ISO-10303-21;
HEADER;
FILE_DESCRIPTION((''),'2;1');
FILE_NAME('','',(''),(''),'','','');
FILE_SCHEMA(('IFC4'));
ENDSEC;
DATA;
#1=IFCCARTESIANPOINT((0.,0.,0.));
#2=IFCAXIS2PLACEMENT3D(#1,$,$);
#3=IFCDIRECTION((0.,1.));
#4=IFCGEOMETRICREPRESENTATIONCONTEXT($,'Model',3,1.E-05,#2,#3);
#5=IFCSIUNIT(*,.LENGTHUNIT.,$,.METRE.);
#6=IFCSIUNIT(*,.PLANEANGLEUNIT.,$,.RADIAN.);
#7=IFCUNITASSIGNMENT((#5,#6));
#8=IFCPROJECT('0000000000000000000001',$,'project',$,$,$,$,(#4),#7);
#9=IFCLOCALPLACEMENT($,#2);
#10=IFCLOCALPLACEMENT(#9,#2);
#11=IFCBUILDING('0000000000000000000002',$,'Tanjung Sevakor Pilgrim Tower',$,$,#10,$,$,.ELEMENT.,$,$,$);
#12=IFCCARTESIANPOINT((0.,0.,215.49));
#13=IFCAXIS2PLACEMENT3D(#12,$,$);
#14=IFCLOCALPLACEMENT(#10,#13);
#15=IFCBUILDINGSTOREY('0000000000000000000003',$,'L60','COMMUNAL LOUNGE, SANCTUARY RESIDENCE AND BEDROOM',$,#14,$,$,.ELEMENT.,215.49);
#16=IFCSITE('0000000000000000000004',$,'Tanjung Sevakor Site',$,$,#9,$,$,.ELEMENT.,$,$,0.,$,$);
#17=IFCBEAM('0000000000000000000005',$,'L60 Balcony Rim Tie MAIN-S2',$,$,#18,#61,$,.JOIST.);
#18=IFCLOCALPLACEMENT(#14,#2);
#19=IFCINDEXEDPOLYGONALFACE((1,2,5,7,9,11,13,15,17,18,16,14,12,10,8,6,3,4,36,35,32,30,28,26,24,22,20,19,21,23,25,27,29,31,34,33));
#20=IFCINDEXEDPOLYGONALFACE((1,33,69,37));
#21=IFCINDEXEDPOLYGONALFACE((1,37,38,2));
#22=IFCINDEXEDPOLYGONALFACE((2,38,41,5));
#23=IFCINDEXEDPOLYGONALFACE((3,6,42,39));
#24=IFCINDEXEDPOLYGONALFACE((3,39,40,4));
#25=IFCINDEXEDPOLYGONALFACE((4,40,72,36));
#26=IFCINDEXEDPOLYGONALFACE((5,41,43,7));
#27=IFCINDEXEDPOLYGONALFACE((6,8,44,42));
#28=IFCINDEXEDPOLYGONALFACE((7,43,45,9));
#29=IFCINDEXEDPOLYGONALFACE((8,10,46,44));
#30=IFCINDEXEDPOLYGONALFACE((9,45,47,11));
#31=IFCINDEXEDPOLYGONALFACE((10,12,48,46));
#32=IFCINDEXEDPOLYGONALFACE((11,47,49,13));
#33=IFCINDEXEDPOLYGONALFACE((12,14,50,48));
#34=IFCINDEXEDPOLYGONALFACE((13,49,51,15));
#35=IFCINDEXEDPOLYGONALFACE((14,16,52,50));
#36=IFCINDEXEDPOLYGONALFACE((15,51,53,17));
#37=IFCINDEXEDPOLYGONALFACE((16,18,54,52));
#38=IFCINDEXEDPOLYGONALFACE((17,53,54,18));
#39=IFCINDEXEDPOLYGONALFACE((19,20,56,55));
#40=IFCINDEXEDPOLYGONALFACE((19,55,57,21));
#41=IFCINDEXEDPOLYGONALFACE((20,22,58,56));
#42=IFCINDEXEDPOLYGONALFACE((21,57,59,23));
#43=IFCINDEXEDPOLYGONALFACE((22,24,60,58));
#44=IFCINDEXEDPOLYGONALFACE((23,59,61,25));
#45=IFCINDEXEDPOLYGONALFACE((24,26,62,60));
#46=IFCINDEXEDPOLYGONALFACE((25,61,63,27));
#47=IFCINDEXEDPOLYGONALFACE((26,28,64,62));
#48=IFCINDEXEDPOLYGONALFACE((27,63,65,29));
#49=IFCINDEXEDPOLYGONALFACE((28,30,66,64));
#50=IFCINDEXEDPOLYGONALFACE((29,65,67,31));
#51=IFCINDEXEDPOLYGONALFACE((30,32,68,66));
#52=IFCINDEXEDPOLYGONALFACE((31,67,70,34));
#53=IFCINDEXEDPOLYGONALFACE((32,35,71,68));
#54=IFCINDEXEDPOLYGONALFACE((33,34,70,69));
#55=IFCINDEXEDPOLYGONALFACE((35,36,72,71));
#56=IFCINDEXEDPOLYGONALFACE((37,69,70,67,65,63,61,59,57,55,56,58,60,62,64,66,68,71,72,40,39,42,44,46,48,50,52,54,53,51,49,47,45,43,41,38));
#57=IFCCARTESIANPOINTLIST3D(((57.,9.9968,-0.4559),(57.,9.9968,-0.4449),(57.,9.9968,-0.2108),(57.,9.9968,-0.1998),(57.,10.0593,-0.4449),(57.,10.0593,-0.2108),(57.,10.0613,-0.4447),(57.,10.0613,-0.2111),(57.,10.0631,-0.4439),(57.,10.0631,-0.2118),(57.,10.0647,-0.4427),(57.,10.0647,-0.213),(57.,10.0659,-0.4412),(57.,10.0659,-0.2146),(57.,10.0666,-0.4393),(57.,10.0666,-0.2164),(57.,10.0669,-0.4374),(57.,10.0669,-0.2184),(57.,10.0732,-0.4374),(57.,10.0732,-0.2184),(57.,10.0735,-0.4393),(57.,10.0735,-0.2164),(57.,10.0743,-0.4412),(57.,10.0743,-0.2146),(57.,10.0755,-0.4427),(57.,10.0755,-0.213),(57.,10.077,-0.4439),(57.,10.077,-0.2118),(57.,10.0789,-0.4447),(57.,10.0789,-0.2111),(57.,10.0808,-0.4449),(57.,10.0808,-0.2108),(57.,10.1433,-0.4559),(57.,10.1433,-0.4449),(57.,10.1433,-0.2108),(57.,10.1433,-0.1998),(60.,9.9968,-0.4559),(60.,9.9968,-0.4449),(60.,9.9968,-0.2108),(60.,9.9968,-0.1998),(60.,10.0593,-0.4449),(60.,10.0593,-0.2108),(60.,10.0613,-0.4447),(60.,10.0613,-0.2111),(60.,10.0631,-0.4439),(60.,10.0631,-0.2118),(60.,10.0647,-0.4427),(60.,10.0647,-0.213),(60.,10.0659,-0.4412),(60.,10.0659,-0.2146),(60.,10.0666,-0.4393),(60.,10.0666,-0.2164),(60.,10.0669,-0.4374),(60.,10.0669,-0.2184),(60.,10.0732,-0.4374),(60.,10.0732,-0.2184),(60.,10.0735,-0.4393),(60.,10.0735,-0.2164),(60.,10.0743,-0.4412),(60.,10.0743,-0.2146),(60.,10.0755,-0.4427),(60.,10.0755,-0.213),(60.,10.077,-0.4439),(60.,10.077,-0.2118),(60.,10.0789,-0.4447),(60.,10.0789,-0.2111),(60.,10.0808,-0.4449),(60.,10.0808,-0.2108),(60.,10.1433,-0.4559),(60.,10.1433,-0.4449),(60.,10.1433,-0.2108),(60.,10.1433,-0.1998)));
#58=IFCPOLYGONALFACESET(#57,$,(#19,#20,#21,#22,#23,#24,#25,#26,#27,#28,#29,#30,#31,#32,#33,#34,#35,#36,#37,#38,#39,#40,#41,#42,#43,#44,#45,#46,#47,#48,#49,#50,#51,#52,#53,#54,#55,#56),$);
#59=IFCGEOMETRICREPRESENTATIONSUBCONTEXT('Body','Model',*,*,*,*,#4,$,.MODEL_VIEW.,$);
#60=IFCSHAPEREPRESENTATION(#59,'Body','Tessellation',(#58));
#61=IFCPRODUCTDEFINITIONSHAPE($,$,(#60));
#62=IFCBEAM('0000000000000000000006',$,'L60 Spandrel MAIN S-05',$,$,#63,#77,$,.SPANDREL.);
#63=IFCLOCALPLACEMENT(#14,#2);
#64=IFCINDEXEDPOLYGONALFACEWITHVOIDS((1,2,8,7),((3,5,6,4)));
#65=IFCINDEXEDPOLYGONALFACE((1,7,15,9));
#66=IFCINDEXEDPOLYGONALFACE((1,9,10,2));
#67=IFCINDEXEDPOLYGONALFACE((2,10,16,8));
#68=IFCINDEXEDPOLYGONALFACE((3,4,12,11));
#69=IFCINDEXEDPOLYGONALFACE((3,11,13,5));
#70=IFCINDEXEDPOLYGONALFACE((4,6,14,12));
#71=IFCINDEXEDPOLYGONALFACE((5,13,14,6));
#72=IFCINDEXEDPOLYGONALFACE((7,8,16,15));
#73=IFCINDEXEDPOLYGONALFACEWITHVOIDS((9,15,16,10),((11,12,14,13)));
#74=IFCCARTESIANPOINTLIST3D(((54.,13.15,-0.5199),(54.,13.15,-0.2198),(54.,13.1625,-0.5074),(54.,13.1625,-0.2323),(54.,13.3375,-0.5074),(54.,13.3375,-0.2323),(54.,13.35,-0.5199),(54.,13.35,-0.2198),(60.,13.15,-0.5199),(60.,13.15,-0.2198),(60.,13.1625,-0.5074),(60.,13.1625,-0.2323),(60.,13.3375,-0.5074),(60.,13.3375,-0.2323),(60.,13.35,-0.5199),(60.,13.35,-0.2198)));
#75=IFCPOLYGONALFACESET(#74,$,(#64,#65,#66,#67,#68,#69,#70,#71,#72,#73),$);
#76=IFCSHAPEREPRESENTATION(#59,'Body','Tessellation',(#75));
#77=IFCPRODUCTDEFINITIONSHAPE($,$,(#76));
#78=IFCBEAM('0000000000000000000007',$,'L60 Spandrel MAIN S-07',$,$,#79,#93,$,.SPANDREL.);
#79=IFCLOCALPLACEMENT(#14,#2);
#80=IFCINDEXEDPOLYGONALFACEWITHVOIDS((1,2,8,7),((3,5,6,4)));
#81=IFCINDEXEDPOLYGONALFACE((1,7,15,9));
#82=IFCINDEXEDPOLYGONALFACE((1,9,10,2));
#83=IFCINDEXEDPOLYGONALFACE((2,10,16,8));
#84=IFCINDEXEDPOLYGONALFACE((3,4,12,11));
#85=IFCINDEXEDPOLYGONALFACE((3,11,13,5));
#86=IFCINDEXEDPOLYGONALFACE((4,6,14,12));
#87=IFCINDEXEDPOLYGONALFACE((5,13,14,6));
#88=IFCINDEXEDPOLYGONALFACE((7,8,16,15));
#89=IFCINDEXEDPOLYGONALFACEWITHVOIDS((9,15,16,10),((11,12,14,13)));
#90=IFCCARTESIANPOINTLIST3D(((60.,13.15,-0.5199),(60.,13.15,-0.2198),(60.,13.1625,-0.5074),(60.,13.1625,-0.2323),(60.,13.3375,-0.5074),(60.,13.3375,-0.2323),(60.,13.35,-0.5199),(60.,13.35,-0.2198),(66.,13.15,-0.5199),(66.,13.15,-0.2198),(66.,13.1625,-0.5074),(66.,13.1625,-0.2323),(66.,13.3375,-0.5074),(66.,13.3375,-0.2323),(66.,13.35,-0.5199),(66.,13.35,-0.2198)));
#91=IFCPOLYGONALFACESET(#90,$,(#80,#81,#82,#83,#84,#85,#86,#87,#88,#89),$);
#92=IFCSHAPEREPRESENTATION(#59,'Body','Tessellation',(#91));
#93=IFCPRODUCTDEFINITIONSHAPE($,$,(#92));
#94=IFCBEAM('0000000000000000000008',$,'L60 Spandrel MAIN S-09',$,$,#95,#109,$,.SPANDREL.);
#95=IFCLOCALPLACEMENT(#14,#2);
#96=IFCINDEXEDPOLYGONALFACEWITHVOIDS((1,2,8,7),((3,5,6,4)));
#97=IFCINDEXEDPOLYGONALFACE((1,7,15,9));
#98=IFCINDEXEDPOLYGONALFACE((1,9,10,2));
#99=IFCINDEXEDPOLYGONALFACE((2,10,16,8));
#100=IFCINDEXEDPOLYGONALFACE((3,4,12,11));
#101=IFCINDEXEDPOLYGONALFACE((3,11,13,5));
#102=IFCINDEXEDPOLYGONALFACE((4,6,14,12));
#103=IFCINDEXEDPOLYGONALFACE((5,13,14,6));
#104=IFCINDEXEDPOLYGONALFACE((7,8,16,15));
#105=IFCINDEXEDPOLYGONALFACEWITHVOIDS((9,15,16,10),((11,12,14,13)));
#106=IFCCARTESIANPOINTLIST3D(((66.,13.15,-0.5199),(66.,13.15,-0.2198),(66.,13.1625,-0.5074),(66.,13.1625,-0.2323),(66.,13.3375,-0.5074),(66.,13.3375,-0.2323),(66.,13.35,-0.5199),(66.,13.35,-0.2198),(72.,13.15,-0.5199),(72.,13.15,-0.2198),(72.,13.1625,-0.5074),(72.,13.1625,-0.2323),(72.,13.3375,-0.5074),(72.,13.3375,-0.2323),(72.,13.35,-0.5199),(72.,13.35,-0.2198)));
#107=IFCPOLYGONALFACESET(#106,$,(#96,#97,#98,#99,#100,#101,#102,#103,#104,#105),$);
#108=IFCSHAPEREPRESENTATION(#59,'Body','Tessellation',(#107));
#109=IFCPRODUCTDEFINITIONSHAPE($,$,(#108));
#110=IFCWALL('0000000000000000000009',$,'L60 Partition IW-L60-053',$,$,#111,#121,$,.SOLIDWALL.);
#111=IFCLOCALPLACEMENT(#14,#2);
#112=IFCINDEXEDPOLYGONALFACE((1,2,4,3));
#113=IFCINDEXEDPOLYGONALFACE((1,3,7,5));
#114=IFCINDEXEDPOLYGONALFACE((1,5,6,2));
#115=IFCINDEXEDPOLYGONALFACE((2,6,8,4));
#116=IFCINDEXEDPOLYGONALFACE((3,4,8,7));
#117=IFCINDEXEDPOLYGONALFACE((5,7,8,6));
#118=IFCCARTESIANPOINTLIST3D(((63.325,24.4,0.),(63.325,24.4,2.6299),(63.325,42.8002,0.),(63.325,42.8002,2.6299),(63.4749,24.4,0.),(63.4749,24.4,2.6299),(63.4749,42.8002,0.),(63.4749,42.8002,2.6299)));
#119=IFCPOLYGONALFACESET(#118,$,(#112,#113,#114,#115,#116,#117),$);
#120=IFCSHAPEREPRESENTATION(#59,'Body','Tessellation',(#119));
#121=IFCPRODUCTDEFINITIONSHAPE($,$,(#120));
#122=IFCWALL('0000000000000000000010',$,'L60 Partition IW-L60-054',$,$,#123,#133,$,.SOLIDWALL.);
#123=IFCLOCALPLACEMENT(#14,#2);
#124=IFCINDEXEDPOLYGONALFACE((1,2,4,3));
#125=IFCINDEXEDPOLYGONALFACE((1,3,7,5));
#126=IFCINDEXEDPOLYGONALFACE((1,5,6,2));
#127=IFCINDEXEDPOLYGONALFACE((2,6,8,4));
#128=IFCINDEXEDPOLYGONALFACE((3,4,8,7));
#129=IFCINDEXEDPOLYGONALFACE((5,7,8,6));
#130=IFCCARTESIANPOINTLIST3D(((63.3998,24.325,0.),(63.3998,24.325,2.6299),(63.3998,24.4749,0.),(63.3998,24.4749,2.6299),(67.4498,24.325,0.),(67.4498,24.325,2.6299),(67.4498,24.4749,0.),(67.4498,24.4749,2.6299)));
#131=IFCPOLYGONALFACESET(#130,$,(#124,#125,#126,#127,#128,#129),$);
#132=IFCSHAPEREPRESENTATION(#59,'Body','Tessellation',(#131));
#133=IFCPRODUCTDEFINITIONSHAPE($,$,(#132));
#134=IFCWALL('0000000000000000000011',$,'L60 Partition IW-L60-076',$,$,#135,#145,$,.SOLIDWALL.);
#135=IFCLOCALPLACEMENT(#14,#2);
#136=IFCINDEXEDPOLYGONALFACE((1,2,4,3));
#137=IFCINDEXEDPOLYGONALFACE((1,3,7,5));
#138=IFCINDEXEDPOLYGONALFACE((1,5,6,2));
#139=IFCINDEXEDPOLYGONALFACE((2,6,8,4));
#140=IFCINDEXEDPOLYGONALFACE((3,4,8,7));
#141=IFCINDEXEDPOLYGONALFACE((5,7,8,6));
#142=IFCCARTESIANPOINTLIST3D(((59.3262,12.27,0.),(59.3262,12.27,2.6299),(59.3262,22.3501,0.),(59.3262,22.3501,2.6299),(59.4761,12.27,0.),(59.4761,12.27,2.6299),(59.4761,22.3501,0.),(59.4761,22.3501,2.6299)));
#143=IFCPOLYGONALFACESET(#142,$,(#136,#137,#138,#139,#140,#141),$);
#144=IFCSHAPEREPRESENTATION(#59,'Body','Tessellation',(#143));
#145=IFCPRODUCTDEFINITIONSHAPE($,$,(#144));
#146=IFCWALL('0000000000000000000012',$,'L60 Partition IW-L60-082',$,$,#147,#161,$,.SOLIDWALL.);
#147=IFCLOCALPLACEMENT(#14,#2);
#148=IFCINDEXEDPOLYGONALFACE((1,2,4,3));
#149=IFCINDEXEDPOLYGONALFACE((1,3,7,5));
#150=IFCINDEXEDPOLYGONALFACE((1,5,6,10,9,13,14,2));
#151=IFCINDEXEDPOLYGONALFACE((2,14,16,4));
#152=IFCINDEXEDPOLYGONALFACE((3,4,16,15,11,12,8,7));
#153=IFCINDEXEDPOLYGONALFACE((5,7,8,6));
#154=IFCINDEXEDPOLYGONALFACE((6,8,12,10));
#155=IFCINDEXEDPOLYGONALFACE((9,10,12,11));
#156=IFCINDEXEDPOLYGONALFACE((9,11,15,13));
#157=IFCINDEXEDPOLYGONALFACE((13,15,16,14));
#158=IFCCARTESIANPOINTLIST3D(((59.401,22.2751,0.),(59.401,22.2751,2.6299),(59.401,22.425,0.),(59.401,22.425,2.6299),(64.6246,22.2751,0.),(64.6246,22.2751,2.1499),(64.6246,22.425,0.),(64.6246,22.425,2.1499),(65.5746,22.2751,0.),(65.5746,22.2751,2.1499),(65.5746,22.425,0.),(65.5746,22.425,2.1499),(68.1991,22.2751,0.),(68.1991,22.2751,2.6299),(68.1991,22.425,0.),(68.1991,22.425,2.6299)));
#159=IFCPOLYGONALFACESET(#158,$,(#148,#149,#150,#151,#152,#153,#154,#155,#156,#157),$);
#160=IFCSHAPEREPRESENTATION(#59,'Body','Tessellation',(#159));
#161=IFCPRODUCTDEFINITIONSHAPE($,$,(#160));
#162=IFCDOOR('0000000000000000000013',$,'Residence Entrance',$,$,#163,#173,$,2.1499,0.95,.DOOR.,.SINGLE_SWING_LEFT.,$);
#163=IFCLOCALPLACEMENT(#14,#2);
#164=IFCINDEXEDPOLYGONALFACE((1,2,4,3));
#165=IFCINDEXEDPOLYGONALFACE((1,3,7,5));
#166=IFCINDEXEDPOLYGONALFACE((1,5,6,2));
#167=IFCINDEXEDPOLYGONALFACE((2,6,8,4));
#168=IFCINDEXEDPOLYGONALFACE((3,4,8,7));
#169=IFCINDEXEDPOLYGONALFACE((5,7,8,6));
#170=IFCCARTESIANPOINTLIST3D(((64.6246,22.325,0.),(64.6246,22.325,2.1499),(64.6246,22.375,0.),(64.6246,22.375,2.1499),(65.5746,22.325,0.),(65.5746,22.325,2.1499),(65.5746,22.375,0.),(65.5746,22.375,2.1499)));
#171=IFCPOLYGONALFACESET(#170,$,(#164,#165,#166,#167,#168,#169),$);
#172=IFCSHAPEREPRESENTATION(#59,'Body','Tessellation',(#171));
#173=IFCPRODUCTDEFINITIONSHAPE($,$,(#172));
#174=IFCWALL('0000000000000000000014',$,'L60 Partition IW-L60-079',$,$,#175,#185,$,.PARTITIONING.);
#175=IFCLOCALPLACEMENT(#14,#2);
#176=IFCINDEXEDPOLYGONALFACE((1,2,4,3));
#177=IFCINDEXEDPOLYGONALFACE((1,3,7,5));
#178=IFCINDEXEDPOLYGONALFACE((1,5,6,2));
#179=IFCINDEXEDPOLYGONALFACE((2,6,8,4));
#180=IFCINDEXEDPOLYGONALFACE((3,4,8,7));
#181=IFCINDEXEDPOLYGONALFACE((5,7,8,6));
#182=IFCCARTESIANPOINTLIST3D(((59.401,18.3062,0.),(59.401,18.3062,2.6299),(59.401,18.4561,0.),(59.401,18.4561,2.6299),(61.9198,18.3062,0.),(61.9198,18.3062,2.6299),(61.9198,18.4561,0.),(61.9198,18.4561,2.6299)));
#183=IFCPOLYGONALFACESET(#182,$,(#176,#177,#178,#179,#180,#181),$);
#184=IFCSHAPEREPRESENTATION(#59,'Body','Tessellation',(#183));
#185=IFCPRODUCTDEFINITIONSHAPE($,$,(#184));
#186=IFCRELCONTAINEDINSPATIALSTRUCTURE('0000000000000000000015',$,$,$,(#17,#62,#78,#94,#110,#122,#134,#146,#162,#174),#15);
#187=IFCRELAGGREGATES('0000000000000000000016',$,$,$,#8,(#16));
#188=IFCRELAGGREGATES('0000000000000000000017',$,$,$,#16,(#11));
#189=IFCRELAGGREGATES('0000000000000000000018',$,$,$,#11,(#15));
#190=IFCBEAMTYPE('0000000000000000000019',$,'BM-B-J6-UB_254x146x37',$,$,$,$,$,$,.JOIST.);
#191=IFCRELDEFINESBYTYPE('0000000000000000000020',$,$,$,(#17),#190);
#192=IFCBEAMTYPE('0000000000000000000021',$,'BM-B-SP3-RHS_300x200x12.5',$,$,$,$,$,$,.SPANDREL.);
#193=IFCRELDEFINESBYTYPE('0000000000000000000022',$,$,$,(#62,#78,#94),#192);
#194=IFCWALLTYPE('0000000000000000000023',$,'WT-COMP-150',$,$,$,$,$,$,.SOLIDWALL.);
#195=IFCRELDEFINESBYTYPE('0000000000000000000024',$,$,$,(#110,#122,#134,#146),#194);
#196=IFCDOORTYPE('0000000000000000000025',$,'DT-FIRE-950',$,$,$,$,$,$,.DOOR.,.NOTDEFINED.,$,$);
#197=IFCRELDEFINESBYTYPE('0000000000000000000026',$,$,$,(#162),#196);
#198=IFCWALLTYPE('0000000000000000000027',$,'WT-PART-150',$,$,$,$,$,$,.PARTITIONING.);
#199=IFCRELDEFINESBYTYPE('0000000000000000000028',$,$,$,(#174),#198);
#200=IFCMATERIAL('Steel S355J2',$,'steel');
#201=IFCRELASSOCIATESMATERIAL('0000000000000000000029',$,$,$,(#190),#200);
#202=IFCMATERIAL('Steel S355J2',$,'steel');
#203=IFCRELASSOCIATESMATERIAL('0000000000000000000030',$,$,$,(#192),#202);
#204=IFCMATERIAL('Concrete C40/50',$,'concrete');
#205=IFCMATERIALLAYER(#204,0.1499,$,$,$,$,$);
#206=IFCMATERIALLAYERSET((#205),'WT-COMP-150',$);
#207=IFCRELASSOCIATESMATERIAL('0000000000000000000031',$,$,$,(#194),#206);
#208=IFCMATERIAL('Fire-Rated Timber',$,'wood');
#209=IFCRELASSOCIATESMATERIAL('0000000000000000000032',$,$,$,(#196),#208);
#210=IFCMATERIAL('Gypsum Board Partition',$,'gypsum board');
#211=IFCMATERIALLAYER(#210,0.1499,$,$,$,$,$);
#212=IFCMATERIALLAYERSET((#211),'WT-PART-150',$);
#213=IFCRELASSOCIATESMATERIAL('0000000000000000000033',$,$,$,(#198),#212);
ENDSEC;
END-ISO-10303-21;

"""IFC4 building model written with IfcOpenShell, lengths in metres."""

from ifc_helpers import new_model, si_unit, direction, frame, frame_2d, origin, origin_2d, place, context, subcontext, project, spatial, rectangle, hollow_rectangle, i_section, extrude, material, layer, layer_set, material_profile, profile_set, type_object, element, fill, save


model = new_model("IFC4")

# Units and contexts
model_context = context("Model", 3, precision=1e-05, world=origin(), true_north=direction((0.0, 1.0)))
body_context = subcontext(model_context, "Body", "Model", "MODEL_VIEW")
ifc_project = project(units=[si_unit("LENGTHUNIT", "METRE"), si_unit("PLANEANGLEUNIT", "RADIAN")], contexts=[model_context])

# Site, building, storey
site_placement = place(None, origin())
site = spatial("IfcSite", under=ifc_project, at=site_placement, Name="Tanjung Sevakor Site", CompositionType="ELEMENT", RefElevation=0.0)
building_placement = place(site_placement, origin())
building = spatial("IfcBuilding", under=site, at=building_placement, Name="Tanjung Sevakor Pilgrim Tower", CompositionType="ELEMENT")
storey_placement = place(building_placement, frame((0.0, 0.0, 215.49)))
storey = spatial("IfcBuildingStorey", under=building, at=storey_placement, Name="L60", Description="COMMUNAL LOUNGE, SANCTUARY RESIDENCE AND BEDROOM", CompositionType="ELEMENT", Elevation=215.49)

# Beams
ifc_material_1 = material(Name="Steel S355J2", Category="steel")
ifc_material_profile_1 = material_profile(ifc_material_1, i_section(OverallWidth=0.1465, OverallDepth=0.2561, WebThickness=0.0063, FlangeThickness=0.011, FilletRadius=0.0076, at=origin_2d()))
ifc_profile_set_1 = profile_set([ifc_material_profile_1], Name="Steel S355J2")
beam_type_1 = type_object("IfcBeamType", Name="BM-B-J6-UB_254x146x37", PredefinedType="JOIST", material=ifc_profile_set_1)
beam_1_placement = place(storey_placement, frame((57.0, 10.0701, -0.3279), z_axis=(1.0, 0.0, 0.0), x_axis=(0.0, 1.0, 0.0)))
element("IfcBeam", 1, at=beam_1_placement, inside=storey, type_object=beam_type_1, Name="L60 Balcony Rim Tie MAIN-S2", PredefinedType="JOIST", context=body_context, shape_type="SweptSolid", body=[
    extrude(i_section(OverallWidth=0.1465, OverallDepth=0.2561, WebThickness=0.0063, FlangeThickness=0.011, FilletRadius=0.0076, at=origin_2d()), origin(), (0.0, 0.0, 1.0), 3.0),
])
ifc_material_2 = material(Name="Steel S355J2", Category="steel")
ifc_material_profile_2 = material_profile(ifc_material_2, hollow_rectangle(XDim=0.2, YDim=0.3, WallThickness=0.0125, at=origin_2d()))
ifc_profile_set_2 = profile_set([ifc_material_profile_2], Name="Steel S355J2")
beam_type_2 = type_object("IfcBeamType", Name="BM-B-SP3-RHS_300x200x12.5", PredefinedType="SPANDREL", material=ifc_profile_set_2)
for number, where, z_axis, x_axis, name in (
    (2, (54.0, 13.25, -0.3699), (1.0, 0.0, 0.0), (0.0, 1.0, 0.0), "L60 Spandrel MAIN S-05"),
    (3, (60.0, 13.25, -0.3699), (1.0, 0.0, 0.0), (0.0, 1.0, 0.0), "L60 Spandrel MAIN S-07"),
    (4, (66.0, 13.25, -0.3699), (1.0, 0.0, 0.0), (0.0, 1.0, 0.0), "L60 Spandrel MAIN S-09"),
):
    element("IfcBeam", number, at=place(storey_placement, frame(where, z_axis=z_axis, x_axis=x_axis)), inside=storey, type_object=beam_type_2, Name=name, PredefinedType="SPANDREL", context=body_context, shape_type="SweptSolid", body=[
        extrude(hollow_rectangle(XDim=0.2, YDim=0.3, WallThickness=0.0125, at=origin_2d()), origin(), (0.0, 0.0, 1.0), 6.0),
    ])

# Walls
ifc_material_3 = material(Name="Concrete C40/50", Category="concrete")
ifc_layer_1 = layer(ifc_material_3, 0.1499)
ifc_layer_set_1 = layer_set([ifc_layer_1], Name="WT-COMP-150")
wall_type_1 = type_object("IfcWallType", Name="WT-COMP-150", PredefinedType="SOLIDWALL", material=ifc_layer_set_1)
wall_1_placement = place(storey_placement, frame((63.3999, 24.3999, 0.0), z_axis=(0.0, 0.0, 1.0), x_axis=(0.0, 1.0, 0.0)))
element("IfcWall", 5, at=wall_1_placement, inside=storey, type_object=wall_type_1, Name="L60 Partition IW-L60-053", PredefinedType="SOLIDWALL", context=body_context, shape_type="SweptSolid", body=[
    extrude(rectangle(XDim=18.4001, YDim=0.1499, at=frame_2d((9.2002, 0.0))), origin(), (0.0, 0.0, 1.0), 2.6299),
])
wall_2_placement = place(storey_placement, frame((63.3999, 24.3999, 0.0), z_axis=(0.0, 0.0, 1.0), x_axis=(1.0, 0.0, 0.0)))
element("IfcWall", 6, at=wall_2_placement, inside=storey, type_object=wall_type_1, Name="L60 Partition IW-L60-054", PredefinedType="SOLIDWALL", context=body_context, shape_type="SweptSolid", body=[
    extrude(rectangle(XDim=4.05, YDim=0.1499, at=frame_2d((2.0249, 0.0))), origin(), (0.0, 0.0, 1.0), 2.6299),
])
wall_3_placement = place(storey_placement, frame((59.4011, 12.27, 0.0), z_axis=(0.0, 0.0, 1.0), x_axis=(0.0, 1.0, 0.0)))
element("IfcWall", 7, at=wall_3_placement, inside=storey, type_object=wall_type_1, Name="L60 Partition IW-L60-076", PredefinedType="SOLIDWALL", context=body_context, shape_type="SweptSolid", body=[
    extrude(rectangle(XDim=10.0801, YDim=0.1499, at=frame_2d((5.04, 0.0))), origin(), (0.0, 0.0, 1.0), 2.6299),
])

# Wall, opening, door
wall_4_placement = place(storey_placement, frame((59.4011, 22.3501, 0.0), z_axis=(0.0, 0.0, 1.0), x_axis=(1.0, 0.0, 0.0)))
wall_4 = element("IfcWall", 8, at=wall_4_placement, inside=storey, type_object=wall_type_1, Name="L60 Partition IW-L60-082", PredefinedType="SOLIDWALL", context=body_context, shape_type="SweptSolid", body=[
    extrude(rectangle(XDim=8.7981, YDim=0.1499, at=frame_2d((4.3989, 0.0))), origin(), (0.0, 0.0, 1.0), 2.6299),
])
opening_1_placement = place(wall_4_placement, frame((5.2234, 0.0, 0.0)))
opening_1 = element("IfcOpeningElement", 9, at=opening_1_placement, cuts=wall_4, PredefinedType="OPENING", context=body_context, shape_type="SweptSolid", body=[
    extrude(rectangle(XDim=0.95, YDim=2.1499, at=frame_2d((0.4751, 1.075))), frame((0.0, 0.085, 0.0), z_axis=(0.0, -1.0, 0.0), x_axis=(1.0, 0.0, 0.0)), (0.0, 0.0, 1.0), 0.1699),
])
ifc_material_4 = material(Name="Fire-Rated Timber", Category="wood")
door_type_1 = type_object("IfcDoorType", Name="DT-FIRE-950", OperationType="NOTDEFINED", PredefinedType="DOOR", material=ifc_material_4)
door_1_placement = place(opening_1_placement, origin())
door_1 = element("IfcDoor", 10, at=door_1_placement, inside=storey, type_object=door_type_1, Name="Residence Entrance", OperationType="SINGLE_SWING_LEFT", OverallHeight=2.1499, OverallWidth=0.95, PredefinedType="DOOR", context=body_context, shape_type="SweptSolid", body=[
    extrude(rectangle(XDim=0.95, YDim=2.1499, at=frame_2d((0.4751, 1.075))), frame((0.0, 0.0249, 0.0), z_axis=(0.0, -1.0, 0.0), x_axis=(1.0, 0.0, 0.0)), (0.0, 0.0, 1.0), 0.05),
])
fill(opening_1, door_1)

# Wall
ifc_material_5 = material(Name="Gypsum Board Partition", Category="gypsum board")
ifc_layer_2 = layer(ifc_material_5, 0.1499)
ifc_layer_set_2 = layer_set([ifc_layer_2], Name="WT-PART-150")
wall_type_2 = type_object("IfcWallType", Name="WT-PART-150", PredefinedType="PARTITIONING", material=ifc_layer_set_2)
wall_5_placement = place(storey_placement, frame((59.4011, 18.3811, 0.0), z_axis=(0.0, 0.0, 1.0), x_axis=(1.0, 0.0, 0.0)))
element("IfcWall", 11, at=wall_5_placement, inside=storey, type_object=wall_type_2, Name="L60 Partition IW-L60-079", PredefinedType="PARTITIONING", context=body_context, shape_type="SweptSolid", body=[
    extrude(rectangle(XDim=2.5188, YDim=0.1499, at=frame_2d((1.2593, 0.0))), origin(), (0.0, 0.0, 1.0), 2.6299),
])

save(model, "model.ifc")
